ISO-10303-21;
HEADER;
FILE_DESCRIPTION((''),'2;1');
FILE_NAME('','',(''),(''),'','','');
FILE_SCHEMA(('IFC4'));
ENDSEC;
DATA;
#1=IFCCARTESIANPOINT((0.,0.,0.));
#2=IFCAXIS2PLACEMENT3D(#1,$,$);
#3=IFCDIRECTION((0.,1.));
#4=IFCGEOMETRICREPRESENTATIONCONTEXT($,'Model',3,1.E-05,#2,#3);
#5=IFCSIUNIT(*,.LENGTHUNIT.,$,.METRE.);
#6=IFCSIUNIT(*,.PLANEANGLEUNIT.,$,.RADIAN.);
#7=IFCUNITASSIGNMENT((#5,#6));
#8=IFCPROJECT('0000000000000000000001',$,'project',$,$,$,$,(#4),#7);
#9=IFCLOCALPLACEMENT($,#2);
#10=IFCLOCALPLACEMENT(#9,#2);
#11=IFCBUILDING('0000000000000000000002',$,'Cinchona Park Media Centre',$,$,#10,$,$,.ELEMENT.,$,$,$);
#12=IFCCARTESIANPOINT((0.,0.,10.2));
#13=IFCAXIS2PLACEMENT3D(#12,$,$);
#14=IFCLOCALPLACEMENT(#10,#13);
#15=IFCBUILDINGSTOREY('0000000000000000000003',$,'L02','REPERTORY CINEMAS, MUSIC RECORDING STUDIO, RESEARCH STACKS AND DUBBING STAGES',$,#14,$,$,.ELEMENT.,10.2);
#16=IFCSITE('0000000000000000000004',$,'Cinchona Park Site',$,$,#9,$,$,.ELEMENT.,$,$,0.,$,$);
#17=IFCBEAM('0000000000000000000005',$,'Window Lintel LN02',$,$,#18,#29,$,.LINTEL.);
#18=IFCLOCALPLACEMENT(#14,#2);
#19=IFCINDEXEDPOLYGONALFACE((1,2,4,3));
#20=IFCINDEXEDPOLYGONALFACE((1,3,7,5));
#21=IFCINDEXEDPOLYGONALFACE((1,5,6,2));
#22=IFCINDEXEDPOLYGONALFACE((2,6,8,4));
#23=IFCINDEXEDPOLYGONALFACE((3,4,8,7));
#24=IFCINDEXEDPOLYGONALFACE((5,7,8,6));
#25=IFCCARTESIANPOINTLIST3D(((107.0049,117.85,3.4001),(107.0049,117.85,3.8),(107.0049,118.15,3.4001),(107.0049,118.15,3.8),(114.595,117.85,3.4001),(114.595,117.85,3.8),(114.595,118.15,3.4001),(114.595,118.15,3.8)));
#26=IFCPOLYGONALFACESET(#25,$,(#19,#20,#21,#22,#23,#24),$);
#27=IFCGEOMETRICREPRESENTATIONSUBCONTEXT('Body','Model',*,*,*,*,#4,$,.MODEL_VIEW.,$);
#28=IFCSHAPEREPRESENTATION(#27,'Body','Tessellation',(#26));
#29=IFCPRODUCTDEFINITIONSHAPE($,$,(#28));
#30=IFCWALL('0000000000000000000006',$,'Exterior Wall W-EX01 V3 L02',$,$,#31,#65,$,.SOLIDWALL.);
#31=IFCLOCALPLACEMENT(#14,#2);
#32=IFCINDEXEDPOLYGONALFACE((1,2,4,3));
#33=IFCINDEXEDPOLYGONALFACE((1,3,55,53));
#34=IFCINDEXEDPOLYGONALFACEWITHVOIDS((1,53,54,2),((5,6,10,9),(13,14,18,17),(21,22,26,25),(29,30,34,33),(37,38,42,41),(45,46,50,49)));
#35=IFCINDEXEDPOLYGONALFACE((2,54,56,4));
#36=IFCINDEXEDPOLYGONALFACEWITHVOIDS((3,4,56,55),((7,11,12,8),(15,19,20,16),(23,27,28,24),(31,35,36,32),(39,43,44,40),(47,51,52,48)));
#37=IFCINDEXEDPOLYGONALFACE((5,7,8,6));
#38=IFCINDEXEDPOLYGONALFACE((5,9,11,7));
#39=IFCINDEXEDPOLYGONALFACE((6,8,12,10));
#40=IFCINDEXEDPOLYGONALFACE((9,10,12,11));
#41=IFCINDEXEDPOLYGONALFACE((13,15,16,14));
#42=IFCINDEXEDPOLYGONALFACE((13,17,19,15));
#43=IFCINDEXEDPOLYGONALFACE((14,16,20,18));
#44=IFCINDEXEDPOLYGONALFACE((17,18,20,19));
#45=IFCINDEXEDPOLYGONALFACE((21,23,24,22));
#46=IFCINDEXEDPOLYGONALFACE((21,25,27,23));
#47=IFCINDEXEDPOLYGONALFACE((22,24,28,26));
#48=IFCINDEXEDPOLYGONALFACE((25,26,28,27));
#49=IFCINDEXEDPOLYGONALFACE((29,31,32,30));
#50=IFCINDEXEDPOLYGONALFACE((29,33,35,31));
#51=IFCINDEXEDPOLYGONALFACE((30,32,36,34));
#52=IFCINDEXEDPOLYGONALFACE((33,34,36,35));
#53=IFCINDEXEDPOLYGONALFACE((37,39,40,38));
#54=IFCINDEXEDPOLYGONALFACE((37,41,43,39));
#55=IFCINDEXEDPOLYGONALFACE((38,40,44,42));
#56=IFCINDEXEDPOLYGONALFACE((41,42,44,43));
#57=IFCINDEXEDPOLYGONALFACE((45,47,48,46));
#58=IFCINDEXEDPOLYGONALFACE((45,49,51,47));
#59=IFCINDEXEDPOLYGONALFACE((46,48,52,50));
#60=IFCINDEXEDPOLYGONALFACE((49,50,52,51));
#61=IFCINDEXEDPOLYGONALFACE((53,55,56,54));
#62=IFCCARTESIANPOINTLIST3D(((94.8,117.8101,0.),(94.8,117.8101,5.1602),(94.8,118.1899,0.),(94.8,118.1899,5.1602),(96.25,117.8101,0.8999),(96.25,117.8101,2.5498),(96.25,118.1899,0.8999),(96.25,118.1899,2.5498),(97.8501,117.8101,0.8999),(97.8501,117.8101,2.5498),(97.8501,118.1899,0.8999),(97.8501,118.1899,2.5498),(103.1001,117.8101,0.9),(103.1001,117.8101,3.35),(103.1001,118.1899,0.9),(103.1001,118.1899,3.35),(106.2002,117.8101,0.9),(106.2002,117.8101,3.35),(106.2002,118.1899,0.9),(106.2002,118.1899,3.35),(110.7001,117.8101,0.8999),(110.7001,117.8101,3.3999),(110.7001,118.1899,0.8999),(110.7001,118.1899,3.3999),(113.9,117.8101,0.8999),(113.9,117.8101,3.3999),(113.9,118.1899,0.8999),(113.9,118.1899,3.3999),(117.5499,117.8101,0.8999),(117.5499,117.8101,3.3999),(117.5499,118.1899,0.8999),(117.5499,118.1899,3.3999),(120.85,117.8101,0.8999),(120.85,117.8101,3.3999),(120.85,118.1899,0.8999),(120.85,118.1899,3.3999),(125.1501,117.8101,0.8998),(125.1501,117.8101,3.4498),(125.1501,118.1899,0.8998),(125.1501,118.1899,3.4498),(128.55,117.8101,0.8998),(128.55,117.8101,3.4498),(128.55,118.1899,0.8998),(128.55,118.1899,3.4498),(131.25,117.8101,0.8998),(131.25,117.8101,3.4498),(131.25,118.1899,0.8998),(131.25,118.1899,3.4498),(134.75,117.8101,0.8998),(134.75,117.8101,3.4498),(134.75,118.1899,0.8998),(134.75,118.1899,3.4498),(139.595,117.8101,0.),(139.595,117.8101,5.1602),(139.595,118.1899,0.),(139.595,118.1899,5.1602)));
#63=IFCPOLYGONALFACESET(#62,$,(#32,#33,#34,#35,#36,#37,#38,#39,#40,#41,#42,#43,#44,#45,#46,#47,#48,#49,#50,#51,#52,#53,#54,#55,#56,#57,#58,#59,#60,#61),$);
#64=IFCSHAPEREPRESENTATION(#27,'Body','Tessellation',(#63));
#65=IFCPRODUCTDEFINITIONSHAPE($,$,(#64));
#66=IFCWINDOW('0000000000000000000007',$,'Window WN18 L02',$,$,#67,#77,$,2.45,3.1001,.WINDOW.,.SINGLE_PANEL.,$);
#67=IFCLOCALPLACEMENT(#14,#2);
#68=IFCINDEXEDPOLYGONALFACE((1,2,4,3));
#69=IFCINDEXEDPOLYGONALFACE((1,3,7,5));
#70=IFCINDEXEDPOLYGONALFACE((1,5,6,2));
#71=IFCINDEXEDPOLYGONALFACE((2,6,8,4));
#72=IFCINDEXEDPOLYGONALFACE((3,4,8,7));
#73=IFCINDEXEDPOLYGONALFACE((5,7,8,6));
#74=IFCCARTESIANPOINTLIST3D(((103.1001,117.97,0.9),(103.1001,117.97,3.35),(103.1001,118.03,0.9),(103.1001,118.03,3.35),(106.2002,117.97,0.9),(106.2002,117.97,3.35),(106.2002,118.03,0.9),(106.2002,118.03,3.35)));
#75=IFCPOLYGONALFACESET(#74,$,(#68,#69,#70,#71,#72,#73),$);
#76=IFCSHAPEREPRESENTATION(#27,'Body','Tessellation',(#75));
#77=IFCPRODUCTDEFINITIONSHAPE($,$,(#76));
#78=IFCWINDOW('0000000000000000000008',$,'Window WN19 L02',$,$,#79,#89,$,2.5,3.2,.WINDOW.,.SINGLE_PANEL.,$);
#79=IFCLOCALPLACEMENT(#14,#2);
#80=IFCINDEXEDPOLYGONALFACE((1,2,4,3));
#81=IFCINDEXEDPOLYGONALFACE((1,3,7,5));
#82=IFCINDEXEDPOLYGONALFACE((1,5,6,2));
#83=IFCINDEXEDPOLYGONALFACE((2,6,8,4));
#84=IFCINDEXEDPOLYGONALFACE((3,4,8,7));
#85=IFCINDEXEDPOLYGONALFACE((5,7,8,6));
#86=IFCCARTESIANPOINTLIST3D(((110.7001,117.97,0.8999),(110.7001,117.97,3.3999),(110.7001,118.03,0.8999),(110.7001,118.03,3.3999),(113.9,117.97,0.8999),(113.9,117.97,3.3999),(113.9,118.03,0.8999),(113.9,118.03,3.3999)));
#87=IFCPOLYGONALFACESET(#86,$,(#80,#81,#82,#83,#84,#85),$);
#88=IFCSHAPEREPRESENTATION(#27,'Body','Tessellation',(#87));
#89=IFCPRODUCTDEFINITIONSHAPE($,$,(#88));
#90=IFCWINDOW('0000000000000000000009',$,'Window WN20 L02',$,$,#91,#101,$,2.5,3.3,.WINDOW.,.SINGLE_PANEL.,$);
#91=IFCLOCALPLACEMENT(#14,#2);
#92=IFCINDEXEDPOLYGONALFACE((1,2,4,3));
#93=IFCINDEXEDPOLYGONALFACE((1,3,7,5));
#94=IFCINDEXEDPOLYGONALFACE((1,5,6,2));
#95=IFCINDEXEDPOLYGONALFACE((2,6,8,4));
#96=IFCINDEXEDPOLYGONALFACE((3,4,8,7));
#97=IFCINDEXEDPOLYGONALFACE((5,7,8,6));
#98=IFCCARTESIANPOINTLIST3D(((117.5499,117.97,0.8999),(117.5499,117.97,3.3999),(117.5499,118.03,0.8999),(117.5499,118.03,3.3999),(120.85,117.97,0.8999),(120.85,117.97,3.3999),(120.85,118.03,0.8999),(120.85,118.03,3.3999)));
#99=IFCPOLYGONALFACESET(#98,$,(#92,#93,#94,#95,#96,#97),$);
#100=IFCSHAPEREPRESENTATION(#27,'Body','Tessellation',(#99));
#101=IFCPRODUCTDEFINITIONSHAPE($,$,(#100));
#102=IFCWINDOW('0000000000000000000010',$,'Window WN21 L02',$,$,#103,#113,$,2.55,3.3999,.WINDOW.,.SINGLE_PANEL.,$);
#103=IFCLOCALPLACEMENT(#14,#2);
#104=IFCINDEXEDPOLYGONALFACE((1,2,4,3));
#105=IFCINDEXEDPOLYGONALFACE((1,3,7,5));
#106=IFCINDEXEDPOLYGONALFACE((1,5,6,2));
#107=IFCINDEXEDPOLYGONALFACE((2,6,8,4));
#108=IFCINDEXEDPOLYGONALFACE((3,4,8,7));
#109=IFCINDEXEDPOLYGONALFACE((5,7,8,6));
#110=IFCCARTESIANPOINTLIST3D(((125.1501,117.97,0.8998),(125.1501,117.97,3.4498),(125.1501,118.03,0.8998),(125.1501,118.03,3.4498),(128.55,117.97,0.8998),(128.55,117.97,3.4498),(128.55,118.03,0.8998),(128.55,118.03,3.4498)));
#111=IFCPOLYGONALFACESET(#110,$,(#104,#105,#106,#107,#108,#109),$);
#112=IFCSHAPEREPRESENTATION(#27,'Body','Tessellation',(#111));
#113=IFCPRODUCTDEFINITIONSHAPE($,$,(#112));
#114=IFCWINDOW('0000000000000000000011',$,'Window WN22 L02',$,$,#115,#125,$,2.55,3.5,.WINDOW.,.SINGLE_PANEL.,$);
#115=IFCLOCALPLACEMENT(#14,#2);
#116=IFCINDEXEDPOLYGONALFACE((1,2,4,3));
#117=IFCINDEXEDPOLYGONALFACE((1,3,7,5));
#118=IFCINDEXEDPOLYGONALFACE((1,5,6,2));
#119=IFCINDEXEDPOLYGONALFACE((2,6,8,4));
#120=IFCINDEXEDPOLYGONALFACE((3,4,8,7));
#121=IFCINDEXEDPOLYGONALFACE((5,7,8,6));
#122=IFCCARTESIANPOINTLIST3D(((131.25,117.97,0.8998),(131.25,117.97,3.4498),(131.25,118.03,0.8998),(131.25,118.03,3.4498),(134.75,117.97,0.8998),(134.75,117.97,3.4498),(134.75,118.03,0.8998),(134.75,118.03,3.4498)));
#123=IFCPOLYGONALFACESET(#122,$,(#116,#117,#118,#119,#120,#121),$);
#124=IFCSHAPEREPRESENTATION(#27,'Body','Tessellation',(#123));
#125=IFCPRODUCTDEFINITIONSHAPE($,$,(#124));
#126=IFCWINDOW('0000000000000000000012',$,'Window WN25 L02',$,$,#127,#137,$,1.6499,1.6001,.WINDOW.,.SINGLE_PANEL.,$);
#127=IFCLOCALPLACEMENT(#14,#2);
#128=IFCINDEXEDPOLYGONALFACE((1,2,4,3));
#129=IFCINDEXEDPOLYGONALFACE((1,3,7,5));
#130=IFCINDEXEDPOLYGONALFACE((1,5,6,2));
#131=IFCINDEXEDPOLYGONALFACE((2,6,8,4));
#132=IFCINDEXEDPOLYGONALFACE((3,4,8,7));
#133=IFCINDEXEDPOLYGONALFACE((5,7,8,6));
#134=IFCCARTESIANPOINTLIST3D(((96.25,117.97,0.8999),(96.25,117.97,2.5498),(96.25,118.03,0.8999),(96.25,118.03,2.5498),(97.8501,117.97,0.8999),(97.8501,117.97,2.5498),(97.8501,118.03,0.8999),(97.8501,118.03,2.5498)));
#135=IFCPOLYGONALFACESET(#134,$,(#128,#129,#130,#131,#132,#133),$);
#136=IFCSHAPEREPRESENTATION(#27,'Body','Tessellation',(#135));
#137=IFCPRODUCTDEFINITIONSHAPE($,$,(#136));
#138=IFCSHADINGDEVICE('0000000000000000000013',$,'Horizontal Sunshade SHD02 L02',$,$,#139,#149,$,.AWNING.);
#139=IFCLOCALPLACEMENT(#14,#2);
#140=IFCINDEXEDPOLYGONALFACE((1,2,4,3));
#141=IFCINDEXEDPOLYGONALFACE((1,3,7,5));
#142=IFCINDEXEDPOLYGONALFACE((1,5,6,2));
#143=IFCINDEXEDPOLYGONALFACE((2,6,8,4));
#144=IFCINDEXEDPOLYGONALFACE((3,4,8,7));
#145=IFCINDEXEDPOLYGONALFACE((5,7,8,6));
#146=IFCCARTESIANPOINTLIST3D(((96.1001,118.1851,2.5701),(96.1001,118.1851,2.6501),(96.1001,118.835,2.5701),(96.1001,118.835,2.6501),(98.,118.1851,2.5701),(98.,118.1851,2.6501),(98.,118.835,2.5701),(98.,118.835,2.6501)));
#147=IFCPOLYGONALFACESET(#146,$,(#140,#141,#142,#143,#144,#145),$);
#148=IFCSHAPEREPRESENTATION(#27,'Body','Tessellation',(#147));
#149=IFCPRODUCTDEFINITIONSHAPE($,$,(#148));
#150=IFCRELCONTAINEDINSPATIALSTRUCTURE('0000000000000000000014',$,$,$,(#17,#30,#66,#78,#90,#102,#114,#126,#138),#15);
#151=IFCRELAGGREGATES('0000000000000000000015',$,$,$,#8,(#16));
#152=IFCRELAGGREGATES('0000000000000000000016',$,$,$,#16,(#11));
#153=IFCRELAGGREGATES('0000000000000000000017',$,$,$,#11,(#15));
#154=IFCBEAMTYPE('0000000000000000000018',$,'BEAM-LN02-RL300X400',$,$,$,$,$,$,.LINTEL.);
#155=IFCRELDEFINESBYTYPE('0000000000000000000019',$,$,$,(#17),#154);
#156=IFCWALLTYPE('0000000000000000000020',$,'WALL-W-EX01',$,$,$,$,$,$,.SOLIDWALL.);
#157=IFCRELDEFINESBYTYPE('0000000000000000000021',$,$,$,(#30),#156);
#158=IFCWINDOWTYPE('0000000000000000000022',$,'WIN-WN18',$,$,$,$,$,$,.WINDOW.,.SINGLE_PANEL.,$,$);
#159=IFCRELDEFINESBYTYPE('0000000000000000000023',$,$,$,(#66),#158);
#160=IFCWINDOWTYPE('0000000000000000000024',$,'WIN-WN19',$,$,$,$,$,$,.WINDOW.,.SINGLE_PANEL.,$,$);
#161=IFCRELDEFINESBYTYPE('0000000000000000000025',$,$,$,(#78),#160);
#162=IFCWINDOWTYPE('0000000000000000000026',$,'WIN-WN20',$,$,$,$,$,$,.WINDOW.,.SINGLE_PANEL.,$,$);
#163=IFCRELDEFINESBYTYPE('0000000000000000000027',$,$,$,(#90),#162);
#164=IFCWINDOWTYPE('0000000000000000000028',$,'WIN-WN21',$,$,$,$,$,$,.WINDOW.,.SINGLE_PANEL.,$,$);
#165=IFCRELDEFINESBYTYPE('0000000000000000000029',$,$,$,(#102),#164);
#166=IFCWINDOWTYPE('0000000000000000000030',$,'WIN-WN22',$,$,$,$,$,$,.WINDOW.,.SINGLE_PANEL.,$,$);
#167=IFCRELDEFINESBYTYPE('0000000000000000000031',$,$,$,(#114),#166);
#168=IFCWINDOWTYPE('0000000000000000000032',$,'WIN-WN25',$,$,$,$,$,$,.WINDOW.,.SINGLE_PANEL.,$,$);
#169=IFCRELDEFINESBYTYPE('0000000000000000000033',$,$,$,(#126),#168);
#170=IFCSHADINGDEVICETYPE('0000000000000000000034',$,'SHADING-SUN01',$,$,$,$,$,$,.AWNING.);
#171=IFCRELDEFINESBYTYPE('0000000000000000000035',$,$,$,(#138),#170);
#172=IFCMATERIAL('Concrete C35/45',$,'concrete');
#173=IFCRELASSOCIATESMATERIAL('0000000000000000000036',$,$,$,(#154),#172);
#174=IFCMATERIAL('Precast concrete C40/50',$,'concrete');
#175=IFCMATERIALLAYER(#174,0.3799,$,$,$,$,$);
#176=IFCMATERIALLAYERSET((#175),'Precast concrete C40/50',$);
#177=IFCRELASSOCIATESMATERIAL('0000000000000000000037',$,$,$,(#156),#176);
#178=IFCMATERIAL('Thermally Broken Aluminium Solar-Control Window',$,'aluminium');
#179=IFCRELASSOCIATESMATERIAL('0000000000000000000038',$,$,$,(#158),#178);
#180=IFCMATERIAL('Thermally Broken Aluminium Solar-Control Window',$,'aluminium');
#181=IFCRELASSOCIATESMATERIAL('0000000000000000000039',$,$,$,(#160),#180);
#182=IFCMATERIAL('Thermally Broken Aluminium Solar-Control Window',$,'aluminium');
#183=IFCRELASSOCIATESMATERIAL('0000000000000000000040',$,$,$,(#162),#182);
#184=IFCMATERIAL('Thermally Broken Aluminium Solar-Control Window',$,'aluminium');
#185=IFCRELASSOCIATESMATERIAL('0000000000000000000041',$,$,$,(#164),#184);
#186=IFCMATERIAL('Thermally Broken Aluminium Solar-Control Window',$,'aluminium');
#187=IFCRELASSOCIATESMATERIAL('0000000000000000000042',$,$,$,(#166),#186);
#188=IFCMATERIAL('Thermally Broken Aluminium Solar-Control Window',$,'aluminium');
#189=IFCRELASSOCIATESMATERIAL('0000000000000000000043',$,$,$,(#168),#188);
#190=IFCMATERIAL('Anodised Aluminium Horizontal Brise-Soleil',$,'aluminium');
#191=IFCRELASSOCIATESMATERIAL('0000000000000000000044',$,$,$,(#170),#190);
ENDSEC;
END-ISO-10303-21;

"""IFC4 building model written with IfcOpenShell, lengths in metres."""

from ifc_helpers import new_model, si_unit, direction, frame, frame_2d, origin, origin_2d, place, context, subcontext, project, spatial, rectangle, extrude, material, layer, layer_set, material_profile, profile_set, type_object, element, fill, save


model = new_model("IFC4")

# Units and contexts
model_context = context("Model", 3, precision=1e-05, world=origin(), true_north=direction((0.0, 1.0)))
body_context = subcontext(model_context, "Body", "Model", "MODEL_VIEW")
ifc_project = project(units=[si_unit("LENGTHUNIT", "METRE"), si_unit("PLANEANGLEUNIT", "RADIAN")], contexts=[model_context])

# Site, building, storey
site_placement = place(None, origin())
site = spatial("IfcSite", under=ifc_project, at=site_placement, Name="Cinchona Park Site", CompositionType="ELEMENT", RefElevation=0.0)
building_placement = place(site_placement, origin())
building = spatial("IfcBuilding", under=site, at=building_placement, Name="Cinchona Park Media Centre", CompositionType="ELEMENT")
storey_placement = place(building_placement, frame((0.0, 0.0, 10.2)))
storey = spatial("IfcBuildingStorey", under=building, at=storey_placement, Name="L02", Description="REPERTORY CINEMAS, MUSIC RECORDING STUDIO, RESEARCH STACKS AND DUBBING STAGES", CompositionType="ELEMENT", Elevation=10.2)

# Beam
ifc_material_1 = material(Name="Concrete C35/45", Category="concrete")
ifc_material_profile_1 = material_profile(ifc_material_1, rectangle(XDim=0.3, YDim=0.3999, at=origin_2d()), Name="RL 300X400")
ifc_profile_set_1 = profile_set([ifc_material_profile_1], Name="Concrete C35/45")
beam_type_1 = type_object("IfcBeamType", Name="BEAM-LN02-RL300X400", PredefinedType="LINTEL", material=ifc_profile_set_1)
for number, where, z_axis, x_axis, name in (
    (1, (107.0049, 118.0, 3.6001), (1.0, 0.0, 0.0), (0.0, 1.0, 0.0), "Window Lintel LN02"),
):
    element("IfcBeam", number, at=place(storey_placement, frame(where, z_axis=z_axis, x_axis=x_axis)), inside=storey, type_object=beam_type_1, Name=name, PredefinedType="LINTEL", context=body_context, shape_type="SweptSolid", body=[
        extrude(rectangle(XDim=0.3, YDim=0.3999, at=origin_2d()), origin(), (0.0, 0.0, 1.0), 7.5901),
    ])

# Wall, openings, windows
ifc_material_2 = material(Name="Precast concrete C40/50", Category="concrete")
ifc_layer = layer(ifc_material_2, 0.3799)
ifc_layer_set = layer_set([ifc_layer], Name="Precast concrete C40/50")
wall_type = type_object("IfcWallType", Name="WALL-W-EX01", PredefinedType="SOLIDWALL", material=ifc_layer_set)
wall_placement = place(storey_placement, frame((94.8, 118.0, 0.0), z_axis=(0.0, 0.0, 1.0), x_axis=(1.0, 0.0, 0.0)))
wall = element("IfcWall", 2, at=wall_placement, inside=storey, type_object=wall_type, Name="Exterior Wall W-EX01 V3 L02", PredefinedType="SOLIDWALL", context=body_context, shape_type="SweptSolid", body=[
    extrude(rectangle(XDim=44.7949, YDim=0.3799, at=frame_2d((22.3975, 0.0))), origin(), (0.0, 0.0, 1.0), 5.1602),
])
opening_1_placement = place(wall_placement, frame((1.45, 0.0, 0.8999)))
opening_1 = element("IfcOpeningElement", 3, at=opening_1_placement, cuts=wall, PredefinedType="OPENING", context=body_context, shape_type="SweptSolid", body=[
    extrude(rectangle(XDim=1.6001, YDim=1.6499, at=frame_2d((0.8, 0.825))), frame((0.0, 0.2, 0.0), z_axis=(0.0, -1.0, 0.0), x_axis=(1.0, 0.0, 0.0)), (0.0, 0.0, 1.0), 0.3999),
])
opening_2_placement = place(wall_placement, frame((8.3, 0.0, 0.8999)))
opening_2 = element("IfcOpeningElement", 4, at=opening_2_placement, cuts=wall, PredefinedType="OPENING", context=body_context, shape_type="SweptSolid", body=[
    extrude(rectangle(XDim=3.1001, YDim=2.45, at=frame_2d((1.55, 1.2251))), frame((0.0, 0.2, 0.0), z_axis=(0.0, -1.0, 0.0), x_axis=(1.0, 0.0, 0.0)), (0.0, 0.0, 1.0), 0.3999),
])
opening_3_placement = place(wall_placement, frame((15.8999, 0.0, 0.8999)))
opening_3 = element("IfcOpeningElement", 5, at=opening_3_placement, cuts=wall, PredefinedType="OPENING", context=body_context, shape_type="SweptSolid", body=[
    extrude(rectangle(XDim=3.2, YDim=2.5, at=frame_2d((1.6001, 1.25))), frame((0.0, 0.2, 0.0), z_axis=(0.0, -1.0, 0.0), x_axis=(1.0, 0.0, 0.0)), (0.0, 0.0, 1.0), 0.3999),
])
opening_4_placement = place(wall_placement, frame((22.75, 0.0, 0.8999)))
opening_4 = element("IfcOpeningElement", 6, at=opening_4_placement, cuts=wall, PredefinedType="OPENING", context=body_context, shape_type="SweptSolid", body=[
    extrude(rectangle(XDim=3.3, YDim=2.5, at=frame_2d((1.6499, 1.25))), frame((0.0, 0.2, 0.0), z_axis=(0.0, -1.0, 0.0), x_axis=(1.0, 0.0, 0.0)), (0.0, 0.0, 1.0), 0.3999),
])
opening_5_placement = place(wall_placement, frame((30.3501, 0.0, 0.8999)))
opening_5 = element("IfcOpeningElement", 7, at=opening_5_placement, cuts=wall, PredefinedType="OPENING", context=body_context, shape_type="SweptSolid", body=[
    extrude(rectangle(XDim=3.3999, YDim=2.55, at=frame_2d((1.7, 1.2749))), frame((0.0, 0.2, 0.0), z_axis=(0.0, -1.0, 0.0), x_axis=(1.0, 0.0, 0.0)), (0.0, 0.0, 1.0), 0.3999),
])
opening_6_placement = place(wall_placement, frame((36.45, 0.0, 0.8999)))
opening_6 = element("IfcOpeningElement", 8, at=opening_6_placement, cuts=wall, PredefinedType="OPENING", context=body_context, shape_type="SweptSolid", body=[
    extrude(rectangle(XDim=3.5, YDim=2.55, at=frame_2d((1.75, 1.2749))), frame((0.0, 0.2, 0.0), z_axis=(0.0, -1.0, 0.0), x_axis=(1.0, 0.0, 0.0)), (0.0, 0.0, 1.0), 0.3999),
])
ifc_material_3 = material(Name="Thermally Broken Aluminium Solar-Control Window", Category="aluminium")
window_type_1 = type_object("IfcWindowType", Name="WIN-WN18", PartitioningType="SINGLE_PANEL", PredefinedType="WINDOW", material=ifc_material_3)
window_1_placement = place(opening_2_placement, origin())
window_1 = element("IfcWindow", 9, at=window_1_placement, inside=storey, type_object=window_type_1, Name="Window WN18 L02", OverallHeight=2.45, OverallWidth=3.1001, PartitioningType="SINGLE_PANEL", PredefinedType="WINDOW", context=body_context, shape_type="SweptSolid", body=[
    extrude(rectangle(XDim=3.1001, YDim=2.45, at=frame_2d((1.55, 1.2251))), frame((0.0, 0.03, 0.0), z_axis=(0.0, -1.0, 0.0), x_axis=(1.0, 0.0, 0.0)), (0.0, 0.0, 1.0), 0.0601),
])
fill(opening_2, window_1)
ifc_material_4 = material(Name="Thermally Broken Aluminium Solar-Control Window", Category="aluminium")
window_type_2 = type_object("IfcWindowType", Name="WIN-WN19", PartitioningType="SINGLE_PANEL", PredefinedType="WINDOW", material=ifc_material_4)
window_2_placement = place(opening_3_placement, origin())
window_2 = element("IfcWindow", 10, at=window_2_placement, inside=storey, type_object=window_type_2, Name="Window WN19 L02", OverallHeight=2.5, OverallWidth=3.2, PartitioningType="SINGLE_PANEL", PredefinedType="WINDOW", context=body_context, shape_type="SweptSolid", body=[
    extrude(rectangle(XDim=3.2, YDim=2.5, at=frame_2d((1.6001, 1.25))), frame((0.0, 0.03, 0.0), z_axis=(0.0, -1.0, 0.0), x_axis=(1.0, 0.0, 0.0)), (0.0, 0.0, 1.0), 0.0601),
])
fill(opening_3, window_2)
ifc_material_5 = material(Name="Thermally Broken Aluminium Solar-Control Window", Category="aluminium")
window_type_3 = type_object("IfcWindowType", Name="WIN-WN20", PartitioningType="SINGLE_PANEL", PredefinedType="WINDOW", material=ifc_material_5)
window_3_placement = place(opening_4_placement, origin())
window_3 = element("IfcWindow", 11, at=window_3_placement, inside=storey, type_object=window_type_3, Name="Window WN20 L02", OverallHeight=2.5, OverallWidth=3.3, PartitioningType="SINGLE_PANEL", PredefinedType="WINDOW", context=body_context, shape_type="SweptSolid", body=[
    extrude(rectangle(XDim=3.3, YDim=2.5, at=frame_2d((1.6499, 1.25))), frame((0.0, 0.03, 0.0), z_axis=(0.0, -1.0, 0.0), x_axis=(1.0, 0.0, 0.0)), (0.0, 0.0, 1.0), 0.0601),
])
fill(opening_4, window_3)
ifc_material_6 = material(Name="Thermally Broken Aluminium Solar-Control Window", Category="aluminium")
window_type_4 = type_object("IfcWindowType", Name="WIN-WN21", PartitioningType="SINGLE_PANEL", PredefinedType="WINDOW", material=ifc_material_6)
window_4_placement = place(opening_5_placement, origin())
window_4 = element("IfcWindow", 12, at=window_4_placement, inside=storey, type_object=window_type_4, Name="Window WN21 L02", OverallHeight=2.55, OverallWidth=3.3999, PartitioningType="SINGLE_PANEL", PredefinedType="WINDOW", context=body_context, shape_type="SweptSolid", body=[
    extrude(rectangle(XDim=3.3999, YDim=2.55, at=frame_2d((1.7, 1.2749))), frame((0.0, 0.03, 0.0), z_axis=(0.0, -1.0, 0.0), x_axis=(1.0, 0.0, 0.0)), (0.0, 0.0, 1.0), 0.0601),
])
fill(opening_5, window_4)
ifc_material_7 = material(Name="Thermally Broken Aluminium Solar-Control Window", Category="aluminium")
window_type_5 = type_object("IfcWindowType", Name="WIN-WN22", PartitioningType="SINGLE_PANEL", PredefinedType="WINDOW", material=ifc_material_7)
window_5_placement = place(opening_6_placement, origin())
window_5 = element("IfcWindow", 13, at=window_5_placement, inside=storey, type_object=window_type_5, Name="Window WN22 L02", OverallHeight=2.55, OverallWidth=3.5, PartitioningType="SINGLE_PANEL", PredefinedType="WINDOW", context=body_context, shape_type="SweptSolid", body=[
    extrude(rectangle(XDim=3.5, YDim=2.55, at=frame_2d((1.75, 1.2749))), frame((0.0, 0.03, 0.0), z_axis=(0.0, -1.0, 0.0), x_axis=(1.0, 0.0, 0.0)), (0.0, 0.0, 1.0), 0.0601),
])
fill(opening_6, window_5)
ifc_material_8 = material(Name="Thermally Broken Aluminium Solar-Control Window", Category="aluminium")
window_type_6 = type_object("IfcWindowType", Name="WIN-WN25", PartitioningType="SINGLE_PANEL", PredefinedType="WINDOW", material=ifc_material_8)
window_6_placement = place(opening_1_placement, origin())
window_6 = element("IfcWindow", 14, at=window_6_placement, inside=storey, type_object=window_type_6, Name="Window WN25 L02", OverallHeight=1.6499, OverallWidth=1.6001, PartitioningType="SINGLE_PANEL", PredefinedType="WINDOW", context=body_context, shape_type="SweptSolid", body=[
    extrude(rectangle(XDim=1.6001, YDim=1.6499, at=frame_2d((0.8, 0.825))), frame((0.0, 0.03, 0.0), z_axis=(0.0, -1.0, 0.0), x_axis=(1.0, 0.0, 0.0)), (0.0, 0.0, 1.0), 0.0601),
])
fill(opening_1, window_6)

# Shading device
ifc_material_9 = material(Name="Anodised Aluminium Horizontal Brise-Soleil", Category="aluminium")
shading_device_type = type_object("IfcShadingDeviceType", Name="SHADING-SUN01", PredefinedType="AWNING", material=ifc_material_9)
shading_device_1_placement = place(storey_placement, frame((97.05, 118.51, 2.5701), z_axis=(0.0, 0.0, 1.0), x_axis=(1.0, 0.0, 0.0)))
element("IfcShadingDevice", 15, at=shading_device_1_placement, inside=storey, type_object=shading_device_type, Name="Horizontal Sunshade SHD02 L02", PredefinedType="AWNING", context=body_context, shape_type="SweptSolid", body=[
    extrude(rectangle(XDim=1.8999, YDim=0.6499, at=origin_2d()), origin(), (0.0, 0.0, 1.0), 0.0801),
])

save(model, "model.ifc")
